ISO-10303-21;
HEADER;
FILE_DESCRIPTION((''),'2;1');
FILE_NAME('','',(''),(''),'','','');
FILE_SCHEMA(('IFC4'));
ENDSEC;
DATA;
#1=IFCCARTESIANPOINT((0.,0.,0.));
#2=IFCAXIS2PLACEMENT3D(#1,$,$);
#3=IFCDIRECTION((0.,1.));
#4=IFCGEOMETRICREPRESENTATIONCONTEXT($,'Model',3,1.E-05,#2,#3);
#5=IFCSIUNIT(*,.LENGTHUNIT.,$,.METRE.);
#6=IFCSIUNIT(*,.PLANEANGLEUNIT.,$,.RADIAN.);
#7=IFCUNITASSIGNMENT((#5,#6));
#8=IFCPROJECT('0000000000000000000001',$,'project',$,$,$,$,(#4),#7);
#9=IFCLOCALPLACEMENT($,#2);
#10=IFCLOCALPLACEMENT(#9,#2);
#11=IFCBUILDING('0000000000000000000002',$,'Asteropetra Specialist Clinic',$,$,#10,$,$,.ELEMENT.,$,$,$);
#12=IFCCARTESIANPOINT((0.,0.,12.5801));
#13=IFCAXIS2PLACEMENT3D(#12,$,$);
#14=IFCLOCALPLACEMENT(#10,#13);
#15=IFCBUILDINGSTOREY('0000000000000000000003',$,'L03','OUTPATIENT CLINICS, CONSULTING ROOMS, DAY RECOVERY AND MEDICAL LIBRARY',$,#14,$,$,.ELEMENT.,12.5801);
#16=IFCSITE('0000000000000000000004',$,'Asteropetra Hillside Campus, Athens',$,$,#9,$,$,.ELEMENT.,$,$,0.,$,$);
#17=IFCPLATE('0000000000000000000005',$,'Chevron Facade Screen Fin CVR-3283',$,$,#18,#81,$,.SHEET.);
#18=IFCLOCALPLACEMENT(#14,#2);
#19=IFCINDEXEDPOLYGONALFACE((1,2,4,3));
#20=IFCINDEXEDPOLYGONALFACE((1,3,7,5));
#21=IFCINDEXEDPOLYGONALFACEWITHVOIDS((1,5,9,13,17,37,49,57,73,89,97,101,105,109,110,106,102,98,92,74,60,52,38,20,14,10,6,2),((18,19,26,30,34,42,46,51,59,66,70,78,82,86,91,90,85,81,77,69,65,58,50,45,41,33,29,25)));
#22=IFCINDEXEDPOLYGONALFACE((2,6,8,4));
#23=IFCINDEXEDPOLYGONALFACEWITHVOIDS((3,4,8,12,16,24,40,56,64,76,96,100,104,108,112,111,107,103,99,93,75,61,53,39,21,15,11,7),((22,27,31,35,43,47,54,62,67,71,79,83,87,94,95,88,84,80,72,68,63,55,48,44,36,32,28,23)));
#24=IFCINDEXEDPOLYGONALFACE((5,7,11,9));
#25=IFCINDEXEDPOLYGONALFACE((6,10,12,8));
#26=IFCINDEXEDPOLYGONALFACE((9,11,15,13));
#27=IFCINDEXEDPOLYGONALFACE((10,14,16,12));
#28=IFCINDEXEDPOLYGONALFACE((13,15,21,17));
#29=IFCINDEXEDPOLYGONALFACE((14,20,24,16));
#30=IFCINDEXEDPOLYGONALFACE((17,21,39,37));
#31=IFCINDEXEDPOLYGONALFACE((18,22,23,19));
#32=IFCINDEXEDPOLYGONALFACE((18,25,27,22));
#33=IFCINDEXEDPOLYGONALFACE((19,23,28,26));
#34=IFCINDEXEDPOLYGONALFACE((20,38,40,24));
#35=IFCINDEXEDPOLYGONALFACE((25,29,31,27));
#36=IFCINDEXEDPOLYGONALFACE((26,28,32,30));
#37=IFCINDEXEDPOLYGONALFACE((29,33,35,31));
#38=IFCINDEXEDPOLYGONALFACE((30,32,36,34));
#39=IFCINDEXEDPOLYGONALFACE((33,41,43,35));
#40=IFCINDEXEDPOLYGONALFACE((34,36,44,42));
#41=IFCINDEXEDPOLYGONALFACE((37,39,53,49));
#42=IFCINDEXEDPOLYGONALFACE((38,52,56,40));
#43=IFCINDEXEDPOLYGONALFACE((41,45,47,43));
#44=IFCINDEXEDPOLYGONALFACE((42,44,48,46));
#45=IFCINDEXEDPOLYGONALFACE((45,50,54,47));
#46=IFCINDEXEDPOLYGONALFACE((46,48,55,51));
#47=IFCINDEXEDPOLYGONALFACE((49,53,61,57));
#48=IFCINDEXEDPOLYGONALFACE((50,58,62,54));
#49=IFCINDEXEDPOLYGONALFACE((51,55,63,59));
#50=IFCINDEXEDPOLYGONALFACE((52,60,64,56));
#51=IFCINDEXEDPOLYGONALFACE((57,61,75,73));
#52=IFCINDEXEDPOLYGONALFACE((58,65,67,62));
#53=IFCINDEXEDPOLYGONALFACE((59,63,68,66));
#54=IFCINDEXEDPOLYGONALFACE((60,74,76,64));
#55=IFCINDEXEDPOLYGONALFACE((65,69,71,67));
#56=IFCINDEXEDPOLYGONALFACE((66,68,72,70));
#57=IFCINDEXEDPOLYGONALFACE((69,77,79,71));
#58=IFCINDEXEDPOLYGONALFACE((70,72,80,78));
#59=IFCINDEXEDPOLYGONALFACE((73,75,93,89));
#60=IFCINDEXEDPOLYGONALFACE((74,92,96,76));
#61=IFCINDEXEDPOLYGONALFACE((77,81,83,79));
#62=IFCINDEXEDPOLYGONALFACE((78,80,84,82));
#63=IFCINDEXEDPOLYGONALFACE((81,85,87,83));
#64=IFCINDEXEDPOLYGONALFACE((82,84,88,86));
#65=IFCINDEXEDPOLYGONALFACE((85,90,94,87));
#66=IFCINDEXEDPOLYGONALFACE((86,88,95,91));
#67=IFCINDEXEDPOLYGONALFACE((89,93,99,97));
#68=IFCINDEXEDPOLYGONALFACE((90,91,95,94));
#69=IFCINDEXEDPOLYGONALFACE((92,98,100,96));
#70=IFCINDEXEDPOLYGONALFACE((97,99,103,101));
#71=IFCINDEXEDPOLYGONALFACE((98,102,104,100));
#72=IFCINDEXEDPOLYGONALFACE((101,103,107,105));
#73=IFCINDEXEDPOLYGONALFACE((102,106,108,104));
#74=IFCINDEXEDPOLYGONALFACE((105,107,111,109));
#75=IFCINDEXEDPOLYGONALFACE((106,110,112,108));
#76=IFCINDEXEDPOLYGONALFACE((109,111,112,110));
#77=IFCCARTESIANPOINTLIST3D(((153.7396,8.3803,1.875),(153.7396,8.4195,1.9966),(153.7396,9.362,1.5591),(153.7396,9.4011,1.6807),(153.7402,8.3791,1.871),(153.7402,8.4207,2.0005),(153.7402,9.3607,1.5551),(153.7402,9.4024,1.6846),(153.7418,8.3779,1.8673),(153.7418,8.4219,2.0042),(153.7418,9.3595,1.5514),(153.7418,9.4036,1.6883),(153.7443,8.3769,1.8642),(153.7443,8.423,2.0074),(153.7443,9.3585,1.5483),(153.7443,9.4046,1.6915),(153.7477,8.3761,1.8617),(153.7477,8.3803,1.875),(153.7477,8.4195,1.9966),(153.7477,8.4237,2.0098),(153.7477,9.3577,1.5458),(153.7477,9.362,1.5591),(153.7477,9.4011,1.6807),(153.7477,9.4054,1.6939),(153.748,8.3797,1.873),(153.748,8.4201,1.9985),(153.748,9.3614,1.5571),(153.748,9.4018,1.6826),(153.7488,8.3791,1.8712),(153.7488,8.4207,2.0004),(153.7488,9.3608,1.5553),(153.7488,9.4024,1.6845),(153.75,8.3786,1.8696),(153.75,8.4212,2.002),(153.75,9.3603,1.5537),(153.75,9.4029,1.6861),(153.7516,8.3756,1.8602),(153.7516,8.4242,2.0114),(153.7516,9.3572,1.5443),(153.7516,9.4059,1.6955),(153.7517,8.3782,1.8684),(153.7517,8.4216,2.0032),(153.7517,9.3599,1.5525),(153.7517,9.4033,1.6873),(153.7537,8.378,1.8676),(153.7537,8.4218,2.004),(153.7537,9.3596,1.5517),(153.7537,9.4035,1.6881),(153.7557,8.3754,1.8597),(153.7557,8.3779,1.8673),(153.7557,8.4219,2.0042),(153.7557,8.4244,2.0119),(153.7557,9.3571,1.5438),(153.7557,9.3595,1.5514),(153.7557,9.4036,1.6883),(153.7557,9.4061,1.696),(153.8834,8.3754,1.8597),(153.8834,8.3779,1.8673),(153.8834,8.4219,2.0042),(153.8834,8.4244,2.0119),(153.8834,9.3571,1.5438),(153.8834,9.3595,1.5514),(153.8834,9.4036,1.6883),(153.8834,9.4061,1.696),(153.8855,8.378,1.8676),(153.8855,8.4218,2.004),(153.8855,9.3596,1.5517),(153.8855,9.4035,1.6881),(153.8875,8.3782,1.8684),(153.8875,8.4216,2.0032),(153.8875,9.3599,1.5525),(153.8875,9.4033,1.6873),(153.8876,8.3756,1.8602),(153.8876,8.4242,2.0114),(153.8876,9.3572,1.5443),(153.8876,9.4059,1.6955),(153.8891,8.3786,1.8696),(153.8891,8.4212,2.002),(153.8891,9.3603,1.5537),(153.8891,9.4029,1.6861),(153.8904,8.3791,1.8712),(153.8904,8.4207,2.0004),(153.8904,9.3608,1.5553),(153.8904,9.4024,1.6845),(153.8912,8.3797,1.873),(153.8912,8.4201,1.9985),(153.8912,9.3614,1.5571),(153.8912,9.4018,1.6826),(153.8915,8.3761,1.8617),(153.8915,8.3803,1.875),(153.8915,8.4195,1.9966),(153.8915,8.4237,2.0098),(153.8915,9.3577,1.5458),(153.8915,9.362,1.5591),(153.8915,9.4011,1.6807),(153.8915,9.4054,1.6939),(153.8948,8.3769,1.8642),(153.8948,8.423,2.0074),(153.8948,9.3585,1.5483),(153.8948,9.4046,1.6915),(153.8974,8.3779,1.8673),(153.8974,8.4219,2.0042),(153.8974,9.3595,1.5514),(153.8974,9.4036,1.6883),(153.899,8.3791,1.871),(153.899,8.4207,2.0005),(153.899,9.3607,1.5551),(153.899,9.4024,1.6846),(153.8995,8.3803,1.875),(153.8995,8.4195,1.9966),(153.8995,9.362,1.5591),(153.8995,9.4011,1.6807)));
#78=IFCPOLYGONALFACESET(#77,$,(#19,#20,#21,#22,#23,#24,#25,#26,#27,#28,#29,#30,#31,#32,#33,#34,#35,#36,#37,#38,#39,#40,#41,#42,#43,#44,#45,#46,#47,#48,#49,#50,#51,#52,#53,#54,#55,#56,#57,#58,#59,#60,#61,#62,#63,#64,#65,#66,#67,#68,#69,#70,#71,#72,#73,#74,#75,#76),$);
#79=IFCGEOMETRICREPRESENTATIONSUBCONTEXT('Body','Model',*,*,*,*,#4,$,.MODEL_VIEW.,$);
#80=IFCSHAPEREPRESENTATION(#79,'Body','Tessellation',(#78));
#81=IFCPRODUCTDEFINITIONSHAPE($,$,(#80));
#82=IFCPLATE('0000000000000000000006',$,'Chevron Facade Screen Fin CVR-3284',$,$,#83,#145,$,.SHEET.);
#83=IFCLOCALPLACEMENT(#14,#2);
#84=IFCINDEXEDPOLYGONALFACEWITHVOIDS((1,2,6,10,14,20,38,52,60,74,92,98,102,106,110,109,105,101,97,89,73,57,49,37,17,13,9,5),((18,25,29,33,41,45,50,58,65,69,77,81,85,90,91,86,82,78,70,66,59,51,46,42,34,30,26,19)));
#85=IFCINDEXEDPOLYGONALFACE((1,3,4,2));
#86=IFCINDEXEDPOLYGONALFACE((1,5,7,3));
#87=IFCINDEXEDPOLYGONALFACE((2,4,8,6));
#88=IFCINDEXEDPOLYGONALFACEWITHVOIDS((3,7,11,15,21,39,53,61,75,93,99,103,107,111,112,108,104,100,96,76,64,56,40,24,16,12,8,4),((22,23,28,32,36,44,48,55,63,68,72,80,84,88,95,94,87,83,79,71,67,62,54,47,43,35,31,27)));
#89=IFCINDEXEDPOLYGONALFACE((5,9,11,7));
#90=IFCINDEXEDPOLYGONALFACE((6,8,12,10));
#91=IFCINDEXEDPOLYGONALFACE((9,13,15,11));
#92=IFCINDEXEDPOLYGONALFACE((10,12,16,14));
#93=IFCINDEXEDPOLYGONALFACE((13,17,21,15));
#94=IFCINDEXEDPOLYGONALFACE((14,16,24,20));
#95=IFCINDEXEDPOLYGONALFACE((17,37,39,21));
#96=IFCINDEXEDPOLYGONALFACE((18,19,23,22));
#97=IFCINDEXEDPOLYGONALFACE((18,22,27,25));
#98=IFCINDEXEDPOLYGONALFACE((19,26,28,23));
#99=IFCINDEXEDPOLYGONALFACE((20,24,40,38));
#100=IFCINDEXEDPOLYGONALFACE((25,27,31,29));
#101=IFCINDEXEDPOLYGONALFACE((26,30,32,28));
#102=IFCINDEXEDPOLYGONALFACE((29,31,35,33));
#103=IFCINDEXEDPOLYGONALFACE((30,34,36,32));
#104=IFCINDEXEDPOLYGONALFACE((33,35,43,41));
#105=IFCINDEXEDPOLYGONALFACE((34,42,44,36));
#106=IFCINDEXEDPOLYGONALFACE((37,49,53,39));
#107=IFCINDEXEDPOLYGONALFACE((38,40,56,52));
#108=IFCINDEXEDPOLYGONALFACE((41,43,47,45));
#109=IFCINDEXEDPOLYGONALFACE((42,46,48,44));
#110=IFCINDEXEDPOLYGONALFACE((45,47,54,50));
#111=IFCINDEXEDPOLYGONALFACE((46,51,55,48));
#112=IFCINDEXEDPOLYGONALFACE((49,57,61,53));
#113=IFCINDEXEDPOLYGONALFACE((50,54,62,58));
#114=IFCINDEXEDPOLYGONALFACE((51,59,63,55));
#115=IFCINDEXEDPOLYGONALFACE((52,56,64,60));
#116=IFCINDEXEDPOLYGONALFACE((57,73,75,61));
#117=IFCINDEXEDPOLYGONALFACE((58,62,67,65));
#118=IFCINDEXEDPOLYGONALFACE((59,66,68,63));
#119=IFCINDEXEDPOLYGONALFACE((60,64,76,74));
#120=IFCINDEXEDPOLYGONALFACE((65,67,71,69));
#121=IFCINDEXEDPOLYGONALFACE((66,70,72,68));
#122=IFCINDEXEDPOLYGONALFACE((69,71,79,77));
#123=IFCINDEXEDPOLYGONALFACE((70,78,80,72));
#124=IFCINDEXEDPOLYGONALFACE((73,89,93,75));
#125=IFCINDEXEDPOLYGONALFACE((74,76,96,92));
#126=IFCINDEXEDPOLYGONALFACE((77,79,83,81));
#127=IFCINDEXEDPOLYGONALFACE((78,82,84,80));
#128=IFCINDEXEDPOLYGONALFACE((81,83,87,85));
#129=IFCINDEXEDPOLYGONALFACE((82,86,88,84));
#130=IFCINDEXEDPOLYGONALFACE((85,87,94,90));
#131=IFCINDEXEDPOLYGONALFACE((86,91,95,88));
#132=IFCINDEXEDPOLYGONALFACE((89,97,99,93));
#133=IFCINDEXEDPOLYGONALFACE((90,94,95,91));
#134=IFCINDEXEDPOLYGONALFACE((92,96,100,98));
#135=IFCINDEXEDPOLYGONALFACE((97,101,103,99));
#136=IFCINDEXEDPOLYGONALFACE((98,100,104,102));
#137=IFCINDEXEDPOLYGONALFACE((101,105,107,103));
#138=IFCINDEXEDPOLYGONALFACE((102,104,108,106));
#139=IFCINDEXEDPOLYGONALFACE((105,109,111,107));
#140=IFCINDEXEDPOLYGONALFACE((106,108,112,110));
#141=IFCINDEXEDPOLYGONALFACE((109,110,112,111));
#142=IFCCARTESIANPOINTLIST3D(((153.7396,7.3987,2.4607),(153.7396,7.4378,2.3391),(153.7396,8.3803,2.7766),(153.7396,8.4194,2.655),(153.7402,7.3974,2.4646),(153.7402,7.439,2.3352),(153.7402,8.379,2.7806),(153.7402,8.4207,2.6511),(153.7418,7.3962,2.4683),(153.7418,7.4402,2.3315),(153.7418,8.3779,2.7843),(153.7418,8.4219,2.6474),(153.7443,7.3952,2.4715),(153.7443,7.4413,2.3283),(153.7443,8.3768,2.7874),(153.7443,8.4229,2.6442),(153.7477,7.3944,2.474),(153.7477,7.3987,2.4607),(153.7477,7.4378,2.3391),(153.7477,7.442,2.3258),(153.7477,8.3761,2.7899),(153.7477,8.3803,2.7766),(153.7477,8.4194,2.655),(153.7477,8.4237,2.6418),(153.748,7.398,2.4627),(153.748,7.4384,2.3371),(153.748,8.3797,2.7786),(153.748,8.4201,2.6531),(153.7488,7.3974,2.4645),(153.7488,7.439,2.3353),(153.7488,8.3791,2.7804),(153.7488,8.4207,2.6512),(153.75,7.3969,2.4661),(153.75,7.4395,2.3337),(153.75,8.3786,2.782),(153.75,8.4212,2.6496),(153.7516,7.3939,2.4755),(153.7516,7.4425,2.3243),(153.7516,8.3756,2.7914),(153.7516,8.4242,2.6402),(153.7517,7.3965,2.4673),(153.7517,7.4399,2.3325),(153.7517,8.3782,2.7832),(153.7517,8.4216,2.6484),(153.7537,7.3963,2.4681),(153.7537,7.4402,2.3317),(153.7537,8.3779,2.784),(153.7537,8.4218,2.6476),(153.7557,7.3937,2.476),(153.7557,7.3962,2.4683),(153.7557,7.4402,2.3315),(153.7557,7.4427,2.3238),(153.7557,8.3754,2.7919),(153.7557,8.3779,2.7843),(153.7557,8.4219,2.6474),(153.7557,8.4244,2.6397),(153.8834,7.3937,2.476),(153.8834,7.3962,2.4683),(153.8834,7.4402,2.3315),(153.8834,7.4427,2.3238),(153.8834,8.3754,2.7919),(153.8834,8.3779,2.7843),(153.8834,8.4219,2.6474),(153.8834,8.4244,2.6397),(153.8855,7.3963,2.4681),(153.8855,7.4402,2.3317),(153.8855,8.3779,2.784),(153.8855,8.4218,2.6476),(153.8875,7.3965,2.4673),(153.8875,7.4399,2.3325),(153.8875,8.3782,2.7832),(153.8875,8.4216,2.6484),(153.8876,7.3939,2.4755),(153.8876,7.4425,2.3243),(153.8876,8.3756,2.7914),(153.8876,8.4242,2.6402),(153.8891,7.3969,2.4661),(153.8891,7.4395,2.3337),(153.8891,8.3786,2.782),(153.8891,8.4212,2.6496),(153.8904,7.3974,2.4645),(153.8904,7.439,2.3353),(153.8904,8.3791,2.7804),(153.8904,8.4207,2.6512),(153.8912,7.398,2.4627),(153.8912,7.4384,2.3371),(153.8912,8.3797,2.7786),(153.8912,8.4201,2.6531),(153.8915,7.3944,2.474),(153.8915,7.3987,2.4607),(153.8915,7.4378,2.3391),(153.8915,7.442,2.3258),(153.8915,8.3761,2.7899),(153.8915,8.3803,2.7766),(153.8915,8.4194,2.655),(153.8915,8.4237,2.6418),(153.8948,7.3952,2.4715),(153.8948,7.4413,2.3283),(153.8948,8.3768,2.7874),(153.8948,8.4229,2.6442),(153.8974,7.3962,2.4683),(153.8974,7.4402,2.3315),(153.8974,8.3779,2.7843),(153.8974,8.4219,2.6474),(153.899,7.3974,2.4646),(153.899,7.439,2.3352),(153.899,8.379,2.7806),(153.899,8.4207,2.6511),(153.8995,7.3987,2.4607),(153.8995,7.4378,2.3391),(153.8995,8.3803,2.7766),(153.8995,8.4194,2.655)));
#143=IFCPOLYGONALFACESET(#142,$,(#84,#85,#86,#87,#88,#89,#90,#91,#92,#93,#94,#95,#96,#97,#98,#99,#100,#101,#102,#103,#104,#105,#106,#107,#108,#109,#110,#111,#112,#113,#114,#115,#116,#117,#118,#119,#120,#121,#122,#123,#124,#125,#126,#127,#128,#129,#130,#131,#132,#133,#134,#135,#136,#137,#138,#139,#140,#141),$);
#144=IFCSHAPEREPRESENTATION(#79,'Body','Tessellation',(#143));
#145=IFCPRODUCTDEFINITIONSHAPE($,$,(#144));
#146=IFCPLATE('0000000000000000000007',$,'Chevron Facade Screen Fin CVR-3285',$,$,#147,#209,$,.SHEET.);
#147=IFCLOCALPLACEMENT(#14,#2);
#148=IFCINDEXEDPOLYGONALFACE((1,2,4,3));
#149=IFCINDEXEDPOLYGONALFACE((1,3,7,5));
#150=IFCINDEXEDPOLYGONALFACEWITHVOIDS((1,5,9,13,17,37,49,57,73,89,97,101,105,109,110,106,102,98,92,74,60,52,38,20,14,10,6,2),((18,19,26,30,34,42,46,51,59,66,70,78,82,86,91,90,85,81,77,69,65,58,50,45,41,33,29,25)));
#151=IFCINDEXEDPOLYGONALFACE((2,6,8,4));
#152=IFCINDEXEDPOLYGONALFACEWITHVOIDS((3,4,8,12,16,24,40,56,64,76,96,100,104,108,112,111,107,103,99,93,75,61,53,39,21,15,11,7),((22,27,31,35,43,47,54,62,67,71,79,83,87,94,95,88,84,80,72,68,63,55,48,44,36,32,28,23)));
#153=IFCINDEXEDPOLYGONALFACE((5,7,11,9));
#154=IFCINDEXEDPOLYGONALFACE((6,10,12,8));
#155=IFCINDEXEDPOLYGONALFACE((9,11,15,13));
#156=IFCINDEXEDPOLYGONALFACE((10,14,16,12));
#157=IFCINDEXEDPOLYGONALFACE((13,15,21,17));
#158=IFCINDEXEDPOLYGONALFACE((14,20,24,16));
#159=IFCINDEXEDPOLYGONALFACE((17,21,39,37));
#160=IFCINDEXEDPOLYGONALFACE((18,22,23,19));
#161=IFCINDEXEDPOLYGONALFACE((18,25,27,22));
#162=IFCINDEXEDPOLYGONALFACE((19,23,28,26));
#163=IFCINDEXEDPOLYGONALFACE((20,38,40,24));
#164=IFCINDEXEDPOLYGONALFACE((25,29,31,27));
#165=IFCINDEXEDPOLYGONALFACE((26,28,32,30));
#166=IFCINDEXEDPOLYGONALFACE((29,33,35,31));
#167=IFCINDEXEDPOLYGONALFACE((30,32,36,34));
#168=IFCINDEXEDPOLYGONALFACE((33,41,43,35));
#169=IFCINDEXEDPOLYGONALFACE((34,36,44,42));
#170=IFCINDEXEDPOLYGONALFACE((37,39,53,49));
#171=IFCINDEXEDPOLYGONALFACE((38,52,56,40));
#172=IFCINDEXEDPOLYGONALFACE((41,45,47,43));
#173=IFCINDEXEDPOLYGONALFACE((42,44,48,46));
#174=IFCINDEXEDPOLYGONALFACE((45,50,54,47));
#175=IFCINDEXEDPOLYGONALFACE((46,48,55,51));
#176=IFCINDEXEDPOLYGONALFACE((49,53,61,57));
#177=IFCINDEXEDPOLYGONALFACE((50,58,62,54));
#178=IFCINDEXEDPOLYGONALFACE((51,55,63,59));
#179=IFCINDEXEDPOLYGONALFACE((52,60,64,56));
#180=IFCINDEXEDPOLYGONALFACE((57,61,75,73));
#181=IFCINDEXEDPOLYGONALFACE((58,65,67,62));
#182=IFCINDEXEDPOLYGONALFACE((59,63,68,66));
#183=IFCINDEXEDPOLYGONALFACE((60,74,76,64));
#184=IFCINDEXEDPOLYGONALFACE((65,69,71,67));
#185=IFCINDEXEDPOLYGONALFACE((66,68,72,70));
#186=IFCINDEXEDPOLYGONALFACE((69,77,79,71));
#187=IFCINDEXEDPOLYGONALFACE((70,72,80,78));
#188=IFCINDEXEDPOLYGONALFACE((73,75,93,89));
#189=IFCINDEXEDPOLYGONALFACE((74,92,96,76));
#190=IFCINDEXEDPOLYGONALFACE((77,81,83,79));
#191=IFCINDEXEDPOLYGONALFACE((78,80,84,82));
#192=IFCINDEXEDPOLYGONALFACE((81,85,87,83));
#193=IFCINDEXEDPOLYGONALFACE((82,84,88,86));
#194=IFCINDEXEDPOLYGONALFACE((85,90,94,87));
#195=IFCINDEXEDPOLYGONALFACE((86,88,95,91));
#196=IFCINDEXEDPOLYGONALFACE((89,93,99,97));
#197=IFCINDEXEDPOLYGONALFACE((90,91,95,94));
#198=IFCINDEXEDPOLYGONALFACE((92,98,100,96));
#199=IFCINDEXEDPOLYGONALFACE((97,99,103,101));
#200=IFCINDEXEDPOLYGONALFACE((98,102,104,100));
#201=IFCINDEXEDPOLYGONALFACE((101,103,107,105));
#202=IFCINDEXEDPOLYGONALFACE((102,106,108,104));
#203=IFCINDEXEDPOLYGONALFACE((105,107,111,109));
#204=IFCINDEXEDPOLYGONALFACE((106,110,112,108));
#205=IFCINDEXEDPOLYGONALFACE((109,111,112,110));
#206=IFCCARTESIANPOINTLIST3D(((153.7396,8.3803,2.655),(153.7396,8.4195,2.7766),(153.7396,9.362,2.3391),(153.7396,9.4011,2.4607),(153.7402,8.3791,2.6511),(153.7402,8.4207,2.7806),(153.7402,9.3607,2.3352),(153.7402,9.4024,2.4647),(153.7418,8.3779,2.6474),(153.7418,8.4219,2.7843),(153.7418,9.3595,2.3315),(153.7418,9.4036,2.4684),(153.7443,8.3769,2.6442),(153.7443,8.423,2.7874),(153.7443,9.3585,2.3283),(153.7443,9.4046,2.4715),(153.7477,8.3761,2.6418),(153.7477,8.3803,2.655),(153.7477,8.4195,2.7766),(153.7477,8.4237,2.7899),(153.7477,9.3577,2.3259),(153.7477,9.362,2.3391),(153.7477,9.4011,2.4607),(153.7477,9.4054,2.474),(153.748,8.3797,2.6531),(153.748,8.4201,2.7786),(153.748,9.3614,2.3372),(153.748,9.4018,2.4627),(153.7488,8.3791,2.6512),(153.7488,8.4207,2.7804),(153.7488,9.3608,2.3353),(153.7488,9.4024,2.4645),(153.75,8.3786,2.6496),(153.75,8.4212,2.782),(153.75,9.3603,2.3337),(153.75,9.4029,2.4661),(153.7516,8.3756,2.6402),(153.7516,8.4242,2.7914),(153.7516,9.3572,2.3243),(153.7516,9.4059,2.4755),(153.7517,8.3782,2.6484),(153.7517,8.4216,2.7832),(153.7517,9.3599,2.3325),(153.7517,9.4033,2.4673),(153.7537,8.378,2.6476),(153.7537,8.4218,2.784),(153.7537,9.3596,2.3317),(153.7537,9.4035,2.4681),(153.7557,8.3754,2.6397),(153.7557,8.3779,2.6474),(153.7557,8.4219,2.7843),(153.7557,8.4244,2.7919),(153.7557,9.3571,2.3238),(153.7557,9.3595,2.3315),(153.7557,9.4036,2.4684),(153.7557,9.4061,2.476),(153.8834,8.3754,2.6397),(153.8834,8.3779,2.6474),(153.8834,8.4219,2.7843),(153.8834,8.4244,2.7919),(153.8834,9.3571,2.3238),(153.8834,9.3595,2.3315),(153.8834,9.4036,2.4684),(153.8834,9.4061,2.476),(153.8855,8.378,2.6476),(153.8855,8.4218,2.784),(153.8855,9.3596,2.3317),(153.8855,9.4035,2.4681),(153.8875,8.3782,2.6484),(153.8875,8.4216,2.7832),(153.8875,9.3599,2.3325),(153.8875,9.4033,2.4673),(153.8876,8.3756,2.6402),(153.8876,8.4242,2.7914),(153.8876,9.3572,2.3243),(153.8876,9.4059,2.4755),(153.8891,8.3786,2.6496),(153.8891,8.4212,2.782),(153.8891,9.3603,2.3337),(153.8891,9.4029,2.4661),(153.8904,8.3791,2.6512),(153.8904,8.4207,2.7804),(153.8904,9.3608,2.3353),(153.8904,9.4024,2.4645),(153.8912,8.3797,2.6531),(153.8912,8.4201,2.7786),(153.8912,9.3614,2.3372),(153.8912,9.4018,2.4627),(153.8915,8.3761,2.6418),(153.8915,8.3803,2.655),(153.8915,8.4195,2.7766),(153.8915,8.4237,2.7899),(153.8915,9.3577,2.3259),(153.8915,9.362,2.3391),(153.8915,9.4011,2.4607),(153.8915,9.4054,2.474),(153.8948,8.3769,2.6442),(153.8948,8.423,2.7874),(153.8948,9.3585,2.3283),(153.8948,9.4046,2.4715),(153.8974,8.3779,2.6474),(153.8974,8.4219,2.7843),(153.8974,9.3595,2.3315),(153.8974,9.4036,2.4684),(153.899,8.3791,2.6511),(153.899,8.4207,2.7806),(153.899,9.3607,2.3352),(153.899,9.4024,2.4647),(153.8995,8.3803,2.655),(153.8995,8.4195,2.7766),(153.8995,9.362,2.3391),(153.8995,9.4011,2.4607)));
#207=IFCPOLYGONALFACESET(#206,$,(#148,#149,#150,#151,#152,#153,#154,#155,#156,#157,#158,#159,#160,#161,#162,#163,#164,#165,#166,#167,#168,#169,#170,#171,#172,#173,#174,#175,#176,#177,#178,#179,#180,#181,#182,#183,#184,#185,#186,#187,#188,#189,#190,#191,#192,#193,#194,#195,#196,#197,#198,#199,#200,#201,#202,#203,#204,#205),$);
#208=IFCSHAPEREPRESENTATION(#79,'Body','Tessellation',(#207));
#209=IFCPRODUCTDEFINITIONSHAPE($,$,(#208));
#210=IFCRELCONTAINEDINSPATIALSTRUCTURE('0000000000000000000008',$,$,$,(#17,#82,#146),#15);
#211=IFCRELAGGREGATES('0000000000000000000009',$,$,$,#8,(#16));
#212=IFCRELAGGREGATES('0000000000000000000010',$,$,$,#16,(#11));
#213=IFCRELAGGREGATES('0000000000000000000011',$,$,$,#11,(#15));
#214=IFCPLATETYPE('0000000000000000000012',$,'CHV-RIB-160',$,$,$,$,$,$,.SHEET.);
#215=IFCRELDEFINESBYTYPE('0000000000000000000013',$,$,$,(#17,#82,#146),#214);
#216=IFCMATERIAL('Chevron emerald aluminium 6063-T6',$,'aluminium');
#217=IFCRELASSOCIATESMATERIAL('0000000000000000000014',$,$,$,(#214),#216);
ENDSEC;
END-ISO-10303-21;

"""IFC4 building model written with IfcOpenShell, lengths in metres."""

from ifc_helpers import new_model, si_unit, direction, frame, origin, origin_2d, place, context, subcontext, project, spatial, hollow_rectangle, extrude, material, material_profile, profile_set, type_object, element, save


model = new_model("IFC4")

# Units and contexts
model_context = context("Model", 3, precision=1e-05, world=origin(), true_north=direction((0.0, 1.0)))
body_context = subcontext(model_context, "Body", "Model", "MODEL_VIEW")
ifc_project = project(units=[si_unit("LENGTHUNIT", "METRE"), si_unit("PLANEANGLEUNIT", "RADIAN")], contexts=[model_context])

# Site, building, storey
site_placement = place(None, origin())
site = spatial("IfcSite", under=ifc_project, at=site_placement, Name="Asteropetra Hillside Campus, Athens", CompositionType="ELEMENT", RefElevation=0.0)
building_placement = place(site_placement, origin())
building = spatial("IfcBuilding", under=site, at=building_placement, Name="Asteropetra Specialist Clinic", CompositionType="ELEMENT")
storey_placement = place(building_placement, frame((0.0, 0.0, 12.5801)))
storey = spatial("IfcBuildingStorey", under=building, at=storey_placement, Name="L03", Description="OUTPATIENT CLINICS, CONSULTING ROOMS, DAY RECOVERY AND MEDICAL LIBRARY", CompositionType="ELEMENT", Elevation=12.5801)

# Plates
ifc_material_1 = material(Name="Chevron emerald aluminium 6063-T6", Category="aluminium")
ifc_material_profile_1 = material_profile(ifc_material_1, hollow_rectangle(XDim=0.1599, YDim=0.1599, WallThickness=0.0081, InnerFilletRadius=0.0081, OuterFilletRadius=0.0161, at=origin_2d()), Name="SHS 160x160x8.0")
ifc_profile_set_1 = profile_set([ifc_material_profile_1], Name="Chevron emerald aluminium 6063-T6")
plate_type = type_object("IfcPlateType", Name="CHV-RIB-160", PredefinedType="SHEET", material=ifc_profile_set_1)
for number, where, z_axis, x_axis, name in (
    (1, (153.8196, 8.3999, 1.9358), (0.0, 0.951923, -0.306339), (-1.0, 0.0, 0.0), "Chevron Facade Screen Fin CVR-3283"),
    (2, (153.8196, 7.4182, 2.3999), (0.0, 0.951923, 0.306339), (-1.0, 0.0, 0.0), "Chevron Facade Screen Fin CVR-3284"),
    (3, (153.8196, 8.3999, 2.7158), (0.0, 0.951923, -0.306339), (-1.0, 0.0, 0.0), "Chevron Facade Screen Fin CVR-3285"),
):
    element("IfcPlate", number, at=place(storey_placement, frame(where, z_axis=z_axis, x_axis=x_axis)), inside=storey, type_object=plate_type, Name=name, PredefinedType="SHEET", context=body_context, shape_type="SweptSolid", body=[
        extrude(hollow_rectangle(XDim=0.1599, YDim=0.1599, WallThickness=0.0081, InnerFilletRadius=0.0081, OuterFilletRadius=0.0161, at=origin_2d()), origin(), (0.0, 0.0, 1.0), 1.0312),
    ])

save(model, "model.ifc")
